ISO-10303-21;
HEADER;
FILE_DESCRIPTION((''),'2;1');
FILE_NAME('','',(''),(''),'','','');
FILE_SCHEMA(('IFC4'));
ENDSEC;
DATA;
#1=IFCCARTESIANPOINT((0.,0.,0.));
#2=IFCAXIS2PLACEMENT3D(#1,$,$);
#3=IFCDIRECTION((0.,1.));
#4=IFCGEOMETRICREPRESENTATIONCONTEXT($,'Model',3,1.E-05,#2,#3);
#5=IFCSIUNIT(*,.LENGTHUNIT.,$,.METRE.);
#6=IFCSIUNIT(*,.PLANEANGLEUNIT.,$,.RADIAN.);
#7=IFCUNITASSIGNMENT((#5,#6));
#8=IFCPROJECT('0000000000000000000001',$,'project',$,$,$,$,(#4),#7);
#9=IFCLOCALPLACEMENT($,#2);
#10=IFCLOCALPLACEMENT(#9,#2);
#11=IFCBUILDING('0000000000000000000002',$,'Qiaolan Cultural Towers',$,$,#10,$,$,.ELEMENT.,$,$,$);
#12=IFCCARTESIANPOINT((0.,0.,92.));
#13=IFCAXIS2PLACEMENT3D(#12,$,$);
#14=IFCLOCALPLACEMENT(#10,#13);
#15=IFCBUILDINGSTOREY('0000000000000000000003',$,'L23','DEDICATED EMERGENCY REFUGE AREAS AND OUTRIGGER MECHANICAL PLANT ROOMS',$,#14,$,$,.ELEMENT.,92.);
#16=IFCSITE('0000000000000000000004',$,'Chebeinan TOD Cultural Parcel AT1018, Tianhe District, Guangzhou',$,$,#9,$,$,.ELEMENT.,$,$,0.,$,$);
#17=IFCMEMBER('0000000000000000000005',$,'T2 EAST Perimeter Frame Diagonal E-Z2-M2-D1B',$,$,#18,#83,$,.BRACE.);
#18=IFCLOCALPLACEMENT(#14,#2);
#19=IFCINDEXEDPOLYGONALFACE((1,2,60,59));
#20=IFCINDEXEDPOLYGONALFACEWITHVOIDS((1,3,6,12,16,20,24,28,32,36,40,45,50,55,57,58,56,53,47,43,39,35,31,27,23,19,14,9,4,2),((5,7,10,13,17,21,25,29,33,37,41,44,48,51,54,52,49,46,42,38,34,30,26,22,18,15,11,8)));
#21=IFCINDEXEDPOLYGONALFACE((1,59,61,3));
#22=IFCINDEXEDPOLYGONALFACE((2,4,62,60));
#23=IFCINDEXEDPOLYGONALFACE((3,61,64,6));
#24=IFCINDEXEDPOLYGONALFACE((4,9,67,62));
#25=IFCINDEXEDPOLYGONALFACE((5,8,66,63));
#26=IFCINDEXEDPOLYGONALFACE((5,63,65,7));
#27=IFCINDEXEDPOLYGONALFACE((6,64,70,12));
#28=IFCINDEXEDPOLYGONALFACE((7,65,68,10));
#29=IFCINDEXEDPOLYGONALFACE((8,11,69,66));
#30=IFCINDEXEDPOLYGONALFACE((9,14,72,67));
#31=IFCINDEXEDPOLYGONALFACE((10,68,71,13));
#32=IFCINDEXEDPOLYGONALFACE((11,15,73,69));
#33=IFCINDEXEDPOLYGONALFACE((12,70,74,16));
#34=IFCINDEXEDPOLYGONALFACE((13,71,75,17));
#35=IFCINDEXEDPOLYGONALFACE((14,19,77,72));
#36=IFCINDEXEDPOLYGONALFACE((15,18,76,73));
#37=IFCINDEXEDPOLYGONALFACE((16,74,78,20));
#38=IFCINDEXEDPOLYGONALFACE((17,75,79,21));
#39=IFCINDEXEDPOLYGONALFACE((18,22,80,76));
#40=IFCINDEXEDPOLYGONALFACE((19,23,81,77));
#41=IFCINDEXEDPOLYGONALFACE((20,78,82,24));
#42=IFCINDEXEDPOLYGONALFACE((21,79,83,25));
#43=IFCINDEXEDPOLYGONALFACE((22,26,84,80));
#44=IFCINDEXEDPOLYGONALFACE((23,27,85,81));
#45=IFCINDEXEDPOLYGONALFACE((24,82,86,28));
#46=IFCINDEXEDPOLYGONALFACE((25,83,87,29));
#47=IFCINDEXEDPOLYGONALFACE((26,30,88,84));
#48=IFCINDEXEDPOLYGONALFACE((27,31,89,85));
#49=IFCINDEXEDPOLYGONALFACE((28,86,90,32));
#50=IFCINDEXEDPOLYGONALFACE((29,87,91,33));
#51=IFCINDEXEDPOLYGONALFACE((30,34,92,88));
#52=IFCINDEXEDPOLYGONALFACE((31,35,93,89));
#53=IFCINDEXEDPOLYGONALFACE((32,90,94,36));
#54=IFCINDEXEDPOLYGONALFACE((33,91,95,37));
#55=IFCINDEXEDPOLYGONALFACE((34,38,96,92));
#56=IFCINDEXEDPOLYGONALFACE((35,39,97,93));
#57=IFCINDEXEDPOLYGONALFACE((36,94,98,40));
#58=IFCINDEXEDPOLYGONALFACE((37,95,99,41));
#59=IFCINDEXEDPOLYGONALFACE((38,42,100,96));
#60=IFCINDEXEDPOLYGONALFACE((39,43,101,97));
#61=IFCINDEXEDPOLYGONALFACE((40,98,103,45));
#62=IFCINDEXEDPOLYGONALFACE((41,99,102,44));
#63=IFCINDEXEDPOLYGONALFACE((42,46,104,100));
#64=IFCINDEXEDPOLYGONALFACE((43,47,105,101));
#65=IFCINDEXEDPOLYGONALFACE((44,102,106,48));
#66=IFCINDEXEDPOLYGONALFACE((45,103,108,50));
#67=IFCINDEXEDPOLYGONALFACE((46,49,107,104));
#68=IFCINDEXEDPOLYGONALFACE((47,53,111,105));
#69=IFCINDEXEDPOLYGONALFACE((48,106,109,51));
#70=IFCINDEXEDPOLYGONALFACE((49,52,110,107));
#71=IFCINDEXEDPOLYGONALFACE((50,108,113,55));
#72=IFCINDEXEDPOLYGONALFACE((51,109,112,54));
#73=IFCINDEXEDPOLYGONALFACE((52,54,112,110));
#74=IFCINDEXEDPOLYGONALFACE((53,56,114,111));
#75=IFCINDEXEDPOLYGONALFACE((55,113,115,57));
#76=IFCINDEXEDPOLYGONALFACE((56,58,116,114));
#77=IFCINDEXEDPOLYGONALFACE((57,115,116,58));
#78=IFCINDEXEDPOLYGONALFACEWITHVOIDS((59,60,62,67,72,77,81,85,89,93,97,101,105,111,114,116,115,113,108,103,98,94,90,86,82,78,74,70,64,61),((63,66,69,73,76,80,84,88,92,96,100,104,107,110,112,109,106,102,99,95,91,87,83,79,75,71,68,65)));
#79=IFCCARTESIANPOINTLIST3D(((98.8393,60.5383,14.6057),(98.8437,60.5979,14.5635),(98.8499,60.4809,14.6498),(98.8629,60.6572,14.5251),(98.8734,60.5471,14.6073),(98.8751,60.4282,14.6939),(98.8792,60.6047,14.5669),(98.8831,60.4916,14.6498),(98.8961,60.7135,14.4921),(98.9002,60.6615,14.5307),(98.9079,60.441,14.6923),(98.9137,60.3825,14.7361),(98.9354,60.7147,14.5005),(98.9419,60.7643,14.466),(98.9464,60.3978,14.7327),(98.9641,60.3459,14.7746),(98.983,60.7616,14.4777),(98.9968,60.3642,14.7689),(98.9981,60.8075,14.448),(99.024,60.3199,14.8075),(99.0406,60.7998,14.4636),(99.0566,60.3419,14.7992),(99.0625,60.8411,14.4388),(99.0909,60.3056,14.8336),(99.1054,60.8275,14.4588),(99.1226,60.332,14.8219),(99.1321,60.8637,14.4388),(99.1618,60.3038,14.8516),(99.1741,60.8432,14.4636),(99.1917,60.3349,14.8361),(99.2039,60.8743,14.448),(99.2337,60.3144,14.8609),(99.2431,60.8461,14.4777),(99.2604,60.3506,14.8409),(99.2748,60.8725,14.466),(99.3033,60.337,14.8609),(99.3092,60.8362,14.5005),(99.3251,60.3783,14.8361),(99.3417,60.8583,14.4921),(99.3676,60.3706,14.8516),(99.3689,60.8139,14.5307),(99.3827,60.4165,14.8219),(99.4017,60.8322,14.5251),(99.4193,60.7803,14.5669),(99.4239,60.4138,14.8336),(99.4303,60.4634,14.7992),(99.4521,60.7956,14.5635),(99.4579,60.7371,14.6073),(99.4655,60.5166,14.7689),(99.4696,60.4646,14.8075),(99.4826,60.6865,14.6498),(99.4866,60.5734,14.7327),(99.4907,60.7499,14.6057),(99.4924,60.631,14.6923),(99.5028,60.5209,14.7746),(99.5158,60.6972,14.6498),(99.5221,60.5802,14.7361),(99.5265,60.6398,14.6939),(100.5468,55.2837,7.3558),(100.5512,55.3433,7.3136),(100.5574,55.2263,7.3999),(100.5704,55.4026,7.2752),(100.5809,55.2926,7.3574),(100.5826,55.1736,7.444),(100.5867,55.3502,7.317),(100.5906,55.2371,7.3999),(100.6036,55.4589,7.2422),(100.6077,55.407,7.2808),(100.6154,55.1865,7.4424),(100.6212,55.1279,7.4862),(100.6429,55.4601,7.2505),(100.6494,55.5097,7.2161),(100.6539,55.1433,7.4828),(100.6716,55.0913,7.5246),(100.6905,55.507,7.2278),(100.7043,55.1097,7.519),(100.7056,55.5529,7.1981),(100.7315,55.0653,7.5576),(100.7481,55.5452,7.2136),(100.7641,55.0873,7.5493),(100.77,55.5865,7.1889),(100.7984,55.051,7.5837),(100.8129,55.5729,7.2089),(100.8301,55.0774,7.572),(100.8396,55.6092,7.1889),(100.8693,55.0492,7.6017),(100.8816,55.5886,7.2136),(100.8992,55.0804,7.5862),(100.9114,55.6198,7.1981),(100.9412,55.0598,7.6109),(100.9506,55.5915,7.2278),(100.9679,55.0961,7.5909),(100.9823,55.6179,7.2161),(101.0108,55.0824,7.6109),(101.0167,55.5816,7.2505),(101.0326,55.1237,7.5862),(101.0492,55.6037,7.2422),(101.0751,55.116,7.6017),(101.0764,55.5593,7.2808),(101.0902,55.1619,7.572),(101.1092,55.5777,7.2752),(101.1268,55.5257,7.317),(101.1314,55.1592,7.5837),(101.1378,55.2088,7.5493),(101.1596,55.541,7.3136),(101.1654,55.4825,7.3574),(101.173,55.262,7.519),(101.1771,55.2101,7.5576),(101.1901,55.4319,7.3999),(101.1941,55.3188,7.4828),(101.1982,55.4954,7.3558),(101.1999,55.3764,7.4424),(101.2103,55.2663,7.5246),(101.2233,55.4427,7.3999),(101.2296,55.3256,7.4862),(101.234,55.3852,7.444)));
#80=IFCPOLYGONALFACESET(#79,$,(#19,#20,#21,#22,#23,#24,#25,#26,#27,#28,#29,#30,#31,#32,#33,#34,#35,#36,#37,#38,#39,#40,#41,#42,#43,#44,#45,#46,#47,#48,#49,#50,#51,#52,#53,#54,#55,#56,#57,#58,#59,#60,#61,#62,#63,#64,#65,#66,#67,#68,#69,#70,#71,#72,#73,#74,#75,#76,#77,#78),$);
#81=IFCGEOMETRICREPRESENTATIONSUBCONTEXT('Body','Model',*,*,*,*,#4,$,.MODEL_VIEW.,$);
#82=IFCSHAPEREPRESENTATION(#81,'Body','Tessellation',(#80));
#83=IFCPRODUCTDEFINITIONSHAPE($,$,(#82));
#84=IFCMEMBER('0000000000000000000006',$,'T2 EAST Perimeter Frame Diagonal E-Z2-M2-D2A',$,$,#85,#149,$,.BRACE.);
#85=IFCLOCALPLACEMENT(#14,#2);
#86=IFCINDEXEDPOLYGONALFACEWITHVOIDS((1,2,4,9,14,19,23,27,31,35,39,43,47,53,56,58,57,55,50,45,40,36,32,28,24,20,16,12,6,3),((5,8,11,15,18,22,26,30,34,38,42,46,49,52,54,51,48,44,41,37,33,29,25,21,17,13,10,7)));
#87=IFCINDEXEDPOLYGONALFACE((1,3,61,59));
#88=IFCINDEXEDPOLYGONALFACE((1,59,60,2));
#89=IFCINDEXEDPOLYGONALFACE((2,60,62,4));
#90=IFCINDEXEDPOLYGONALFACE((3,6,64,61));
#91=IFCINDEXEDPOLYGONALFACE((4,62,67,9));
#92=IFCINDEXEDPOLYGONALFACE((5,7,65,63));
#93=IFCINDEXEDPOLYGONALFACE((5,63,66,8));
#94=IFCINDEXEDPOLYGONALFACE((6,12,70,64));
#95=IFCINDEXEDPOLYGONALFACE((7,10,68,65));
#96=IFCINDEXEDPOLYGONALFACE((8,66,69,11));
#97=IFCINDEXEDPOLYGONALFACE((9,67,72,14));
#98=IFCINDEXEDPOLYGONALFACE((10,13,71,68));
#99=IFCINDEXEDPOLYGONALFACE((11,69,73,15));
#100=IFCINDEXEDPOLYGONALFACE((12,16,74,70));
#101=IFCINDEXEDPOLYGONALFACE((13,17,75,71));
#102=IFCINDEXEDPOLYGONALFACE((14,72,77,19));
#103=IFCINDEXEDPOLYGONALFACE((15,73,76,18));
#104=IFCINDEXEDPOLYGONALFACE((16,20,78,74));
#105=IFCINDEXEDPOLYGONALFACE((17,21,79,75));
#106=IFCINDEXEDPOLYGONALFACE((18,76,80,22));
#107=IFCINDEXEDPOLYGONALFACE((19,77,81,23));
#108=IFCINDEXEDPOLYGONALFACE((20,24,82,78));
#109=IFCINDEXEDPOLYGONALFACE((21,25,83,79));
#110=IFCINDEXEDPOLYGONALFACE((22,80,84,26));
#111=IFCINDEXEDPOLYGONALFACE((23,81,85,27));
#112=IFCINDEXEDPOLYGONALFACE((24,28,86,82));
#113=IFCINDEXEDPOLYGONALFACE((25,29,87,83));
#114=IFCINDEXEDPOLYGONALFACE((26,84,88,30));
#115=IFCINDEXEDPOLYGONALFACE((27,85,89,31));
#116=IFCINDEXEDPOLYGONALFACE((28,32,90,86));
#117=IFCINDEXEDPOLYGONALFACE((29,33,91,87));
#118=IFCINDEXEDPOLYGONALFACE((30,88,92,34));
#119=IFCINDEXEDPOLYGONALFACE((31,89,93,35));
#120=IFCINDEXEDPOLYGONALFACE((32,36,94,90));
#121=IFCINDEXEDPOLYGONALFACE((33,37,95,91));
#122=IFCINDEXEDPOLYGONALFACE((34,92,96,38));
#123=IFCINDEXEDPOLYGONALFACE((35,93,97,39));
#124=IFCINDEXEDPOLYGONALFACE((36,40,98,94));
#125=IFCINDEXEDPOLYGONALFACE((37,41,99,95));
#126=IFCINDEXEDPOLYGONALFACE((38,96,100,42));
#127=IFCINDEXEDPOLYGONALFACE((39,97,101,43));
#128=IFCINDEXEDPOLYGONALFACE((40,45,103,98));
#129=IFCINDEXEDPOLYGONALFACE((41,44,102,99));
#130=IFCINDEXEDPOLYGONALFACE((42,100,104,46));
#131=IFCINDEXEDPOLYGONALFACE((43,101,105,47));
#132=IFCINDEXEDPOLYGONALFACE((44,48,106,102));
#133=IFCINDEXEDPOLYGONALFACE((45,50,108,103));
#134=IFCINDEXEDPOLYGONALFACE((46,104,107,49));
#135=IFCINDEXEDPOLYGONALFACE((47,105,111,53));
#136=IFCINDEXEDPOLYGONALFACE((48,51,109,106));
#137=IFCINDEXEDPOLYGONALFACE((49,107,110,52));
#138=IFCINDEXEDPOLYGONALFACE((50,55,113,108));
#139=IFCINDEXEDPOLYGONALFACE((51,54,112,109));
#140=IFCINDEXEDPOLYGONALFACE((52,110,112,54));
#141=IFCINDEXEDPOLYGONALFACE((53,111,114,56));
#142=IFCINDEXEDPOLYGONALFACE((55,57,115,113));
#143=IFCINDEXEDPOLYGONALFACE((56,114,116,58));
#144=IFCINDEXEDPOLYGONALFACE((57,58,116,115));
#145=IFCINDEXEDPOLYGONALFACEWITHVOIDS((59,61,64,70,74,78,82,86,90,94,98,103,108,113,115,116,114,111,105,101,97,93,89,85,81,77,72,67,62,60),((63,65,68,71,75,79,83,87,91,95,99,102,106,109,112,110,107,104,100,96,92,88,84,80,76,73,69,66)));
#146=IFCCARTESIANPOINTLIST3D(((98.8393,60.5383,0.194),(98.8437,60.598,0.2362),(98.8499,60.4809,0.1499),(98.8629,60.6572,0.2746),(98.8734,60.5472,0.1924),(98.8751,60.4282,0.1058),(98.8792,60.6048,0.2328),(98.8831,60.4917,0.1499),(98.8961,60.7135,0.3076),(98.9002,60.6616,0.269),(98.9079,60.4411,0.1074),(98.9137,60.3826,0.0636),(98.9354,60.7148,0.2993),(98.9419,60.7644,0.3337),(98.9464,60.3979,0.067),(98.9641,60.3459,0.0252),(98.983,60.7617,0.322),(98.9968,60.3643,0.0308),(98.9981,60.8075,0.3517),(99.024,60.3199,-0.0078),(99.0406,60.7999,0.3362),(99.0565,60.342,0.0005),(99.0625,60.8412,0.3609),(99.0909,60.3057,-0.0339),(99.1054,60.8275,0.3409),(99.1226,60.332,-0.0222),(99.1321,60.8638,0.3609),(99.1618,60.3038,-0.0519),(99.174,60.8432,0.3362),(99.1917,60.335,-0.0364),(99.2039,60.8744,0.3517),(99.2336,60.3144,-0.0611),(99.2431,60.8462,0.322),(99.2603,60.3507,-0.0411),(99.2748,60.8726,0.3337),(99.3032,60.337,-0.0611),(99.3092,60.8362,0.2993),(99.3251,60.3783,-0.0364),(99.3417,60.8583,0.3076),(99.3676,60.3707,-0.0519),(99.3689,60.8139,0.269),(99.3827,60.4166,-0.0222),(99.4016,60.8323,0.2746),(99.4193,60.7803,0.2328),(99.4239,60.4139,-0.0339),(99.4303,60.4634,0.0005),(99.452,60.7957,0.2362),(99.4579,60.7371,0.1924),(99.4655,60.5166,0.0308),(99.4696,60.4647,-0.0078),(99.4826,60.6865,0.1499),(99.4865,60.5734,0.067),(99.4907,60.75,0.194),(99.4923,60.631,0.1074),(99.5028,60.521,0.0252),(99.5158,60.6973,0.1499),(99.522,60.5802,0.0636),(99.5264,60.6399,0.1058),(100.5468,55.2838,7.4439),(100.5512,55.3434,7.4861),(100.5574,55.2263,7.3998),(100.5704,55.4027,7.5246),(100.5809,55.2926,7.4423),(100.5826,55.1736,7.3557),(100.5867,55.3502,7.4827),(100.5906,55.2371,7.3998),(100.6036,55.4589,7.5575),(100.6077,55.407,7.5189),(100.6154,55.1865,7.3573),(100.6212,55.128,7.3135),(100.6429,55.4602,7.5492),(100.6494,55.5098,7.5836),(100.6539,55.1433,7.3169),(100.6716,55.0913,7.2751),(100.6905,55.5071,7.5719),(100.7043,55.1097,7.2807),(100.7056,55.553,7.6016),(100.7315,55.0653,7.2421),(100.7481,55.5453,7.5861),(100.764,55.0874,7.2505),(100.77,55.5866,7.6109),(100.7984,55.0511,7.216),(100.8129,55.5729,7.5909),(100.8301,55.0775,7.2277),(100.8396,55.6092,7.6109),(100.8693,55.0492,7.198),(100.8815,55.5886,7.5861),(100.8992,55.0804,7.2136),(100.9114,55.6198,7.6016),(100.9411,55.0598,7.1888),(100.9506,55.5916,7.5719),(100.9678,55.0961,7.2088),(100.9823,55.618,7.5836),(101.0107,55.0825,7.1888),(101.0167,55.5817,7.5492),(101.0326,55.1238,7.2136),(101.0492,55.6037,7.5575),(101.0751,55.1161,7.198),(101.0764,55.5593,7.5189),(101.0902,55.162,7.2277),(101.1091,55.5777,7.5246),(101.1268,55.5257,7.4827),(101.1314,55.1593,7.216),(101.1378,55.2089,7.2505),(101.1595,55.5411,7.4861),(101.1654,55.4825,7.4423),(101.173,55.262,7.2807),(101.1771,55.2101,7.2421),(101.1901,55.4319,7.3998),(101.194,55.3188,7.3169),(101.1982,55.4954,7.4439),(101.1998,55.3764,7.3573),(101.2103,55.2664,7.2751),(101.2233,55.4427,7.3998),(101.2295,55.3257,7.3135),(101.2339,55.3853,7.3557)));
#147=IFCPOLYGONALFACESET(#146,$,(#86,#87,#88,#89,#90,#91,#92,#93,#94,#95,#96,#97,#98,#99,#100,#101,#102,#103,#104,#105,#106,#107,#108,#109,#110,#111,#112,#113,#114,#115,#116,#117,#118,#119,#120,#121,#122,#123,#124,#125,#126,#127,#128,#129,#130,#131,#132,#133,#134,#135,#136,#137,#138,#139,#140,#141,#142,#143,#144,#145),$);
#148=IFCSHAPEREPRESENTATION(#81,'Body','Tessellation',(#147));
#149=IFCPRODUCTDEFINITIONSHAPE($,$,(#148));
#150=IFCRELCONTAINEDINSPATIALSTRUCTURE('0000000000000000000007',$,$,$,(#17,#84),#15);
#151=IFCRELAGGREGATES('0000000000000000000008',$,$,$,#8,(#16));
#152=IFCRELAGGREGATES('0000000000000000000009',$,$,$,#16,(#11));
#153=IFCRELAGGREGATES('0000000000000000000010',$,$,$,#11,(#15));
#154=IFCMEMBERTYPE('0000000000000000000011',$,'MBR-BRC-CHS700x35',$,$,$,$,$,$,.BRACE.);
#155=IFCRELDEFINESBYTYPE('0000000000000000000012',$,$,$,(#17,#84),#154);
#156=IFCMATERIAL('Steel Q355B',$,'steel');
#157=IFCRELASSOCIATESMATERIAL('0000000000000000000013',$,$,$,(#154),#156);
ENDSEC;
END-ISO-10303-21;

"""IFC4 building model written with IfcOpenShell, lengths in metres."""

from ifc_helpers import new_model, si_unit, direction, frame, origin, origin_2d, place, context, subcontext, project, spatial, hollow_circle, extrude, material, material_profile, profile_set, type_object, element, save


model = new_model("IFC4")

# Units and contexts
model_context = context("Model", 3, precision=1e-05, world=origin(), true_north=direction((0.0, 1.0)))
body_context = subcontext(model_context, "Body", "Model", "MODEL_VIEW")
ifc_project = project(units=[si_unit("LENGTHUNIT", "METRE"), si_unit("PLANEANGLEUNIT", "RADIAN")], contexts=[model_context])

# Site, building, storey
site_placement = place(None, origin())
site = spatial("IfcSite", under=ifc_project, at=site_placement, Name="Chebeinan TOD Cultural Parcel AT1018, Tianhe District, Guangzhou", CompositionType="ELEMENT", RefElevation=0.0)
building_placement = place(site_placement, origin())
building = spatial("IfcBuilding", under=site, at=building_placement, Name="Qiaolan Cultural Towers", CompositionType="ELEMENT")
storey_placement = place(building_placement, frame((0.0, 0.0, 92.0)))
storey = spatial("IfcBuildingStorey", under=building, at=storey_placement, Name="L23", Description="DEDICATED EMERGENCY REFUGE AREAS AND OUTRIGGER MECHANICAL PLANT ROOMS", CompositionType="ELEMENT", Elevation=92.0)

# Members
ifc_material_1 = material(Name="Steel Q355B", Category="steel")
ifc_material_profile_1 = material_profile(ifc_material_1, hollow_circle(Radius=0.3501, WallThickness=0.0349, at=origin_2d()), Name="CHS700x35")
ifc_profile_set_1 = profile_set([ifc_material_profile_1], Name="Steel Q355B")
member_type = type_object("IfcMemberType", Name="MBR-BRC-CHS700x35", PredefinedType="BRACE", material=ifc_profile_set_1)
for number, where, z_axis, x_axis, name in (
    (1, (100.8904, 55.3345, 7.3999), (-0.187324, 0.576461, 0.795363), (-0.951047, -0.309047, 0.0), "T2 EAST Perimeter Frame Diagonal E-Z2-M2-D1B"),
    (2, (99.1829, 60.5891, 0.1499), (0.187324, -0.576461, 0.795363), (0.951047, 0.309047, 0.0), "T2 EAST Perimeter Frame Diagonal E-Z2-M2-D2A"),
):
    element("IfcMember", number, at=place(storey_placement, frame(where, z_axis=z_axis, x_axis=x_axis)), inside=storey, type_object=member_type, Name=name, PredefinedType="BRACE", context=body_context, shape_type="SweptSolid", body=[
        extrude(hollow_circle(Radius=0.3501, WallThickness=0.0349, at=origin_2d()), origin(), (0.0, 0.0, 1.0), 9.1152),
    ])

save(model, "model.ifc")
